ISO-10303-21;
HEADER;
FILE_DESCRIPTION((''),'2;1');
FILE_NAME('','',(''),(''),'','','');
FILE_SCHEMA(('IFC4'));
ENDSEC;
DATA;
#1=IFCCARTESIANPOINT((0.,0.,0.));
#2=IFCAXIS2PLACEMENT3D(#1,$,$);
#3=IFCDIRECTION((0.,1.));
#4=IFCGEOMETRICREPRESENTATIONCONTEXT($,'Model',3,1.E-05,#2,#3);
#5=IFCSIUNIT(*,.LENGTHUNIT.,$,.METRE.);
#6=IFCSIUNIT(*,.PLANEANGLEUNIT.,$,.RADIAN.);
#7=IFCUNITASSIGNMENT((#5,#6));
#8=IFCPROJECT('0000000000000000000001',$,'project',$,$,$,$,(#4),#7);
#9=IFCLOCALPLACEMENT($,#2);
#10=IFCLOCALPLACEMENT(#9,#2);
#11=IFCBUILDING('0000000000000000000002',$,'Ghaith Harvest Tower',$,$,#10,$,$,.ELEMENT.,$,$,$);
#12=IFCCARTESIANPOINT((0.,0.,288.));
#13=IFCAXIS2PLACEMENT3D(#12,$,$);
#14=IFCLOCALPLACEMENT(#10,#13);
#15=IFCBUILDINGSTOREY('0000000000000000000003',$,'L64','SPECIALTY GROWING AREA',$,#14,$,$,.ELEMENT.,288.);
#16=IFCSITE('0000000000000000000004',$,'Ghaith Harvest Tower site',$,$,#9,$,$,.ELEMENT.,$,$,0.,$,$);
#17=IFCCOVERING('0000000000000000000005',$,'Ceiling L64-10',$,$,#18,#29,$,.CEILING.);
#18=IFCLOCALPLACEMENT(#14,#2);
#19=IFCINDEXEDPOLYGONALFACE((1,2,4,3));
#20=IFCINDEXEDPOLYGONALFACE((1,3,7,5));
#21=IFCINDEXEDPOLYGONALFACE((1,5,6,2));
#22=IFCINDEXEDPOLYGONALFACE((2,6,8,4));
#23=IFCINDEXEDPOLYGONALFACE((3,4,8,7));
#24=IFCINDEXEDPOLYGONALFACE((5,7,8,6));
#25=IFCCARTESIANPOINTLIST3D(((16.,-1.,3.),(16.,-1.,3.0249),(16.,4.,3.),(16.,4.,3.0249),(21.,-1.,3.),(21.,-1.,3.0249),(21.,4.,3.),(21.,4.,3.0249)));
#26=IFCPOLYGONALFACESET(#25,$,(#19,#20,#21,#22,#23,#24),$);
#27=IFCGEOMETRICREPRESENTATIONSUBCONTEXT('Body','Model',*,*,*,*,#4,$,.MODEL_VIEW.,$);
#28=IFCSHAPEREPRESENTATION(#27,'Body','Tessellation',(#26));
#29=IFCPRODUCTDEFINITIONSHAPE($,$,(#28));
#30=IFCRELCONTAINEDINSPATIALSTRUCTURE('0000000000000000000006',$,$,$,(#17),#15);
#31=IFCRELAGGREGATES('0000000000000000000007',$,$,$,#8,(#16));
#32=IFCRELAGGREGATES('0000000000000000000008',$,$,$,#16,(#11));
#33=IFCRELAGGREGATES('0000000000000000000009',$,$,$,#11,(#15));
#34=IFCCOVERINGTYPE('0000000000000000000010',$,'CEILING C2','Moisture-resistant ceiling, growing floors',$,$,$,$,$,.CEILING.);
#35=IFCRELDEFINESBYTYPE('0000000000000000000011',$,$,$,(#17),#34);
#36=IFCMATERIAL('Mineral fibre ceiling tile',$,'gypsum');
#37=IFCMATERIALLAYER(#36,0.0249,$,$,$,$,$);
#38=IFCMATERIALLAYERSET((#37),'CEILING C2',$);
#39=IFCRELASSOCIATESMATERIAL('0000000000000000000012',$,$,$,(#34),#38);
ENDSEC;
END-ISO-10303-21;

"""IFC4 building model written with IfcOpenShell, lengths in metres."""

from ifc_helpers import new_model, si_unit, direction, frame, origin, place, context, subcontext, project, spatial, polyline, outline, extrude, material, layer, layer_set, type_object, element, save


model = new_model("IFC4")

# Units and contexts
model_context = context("Model", 3, precision=1e-05, world=origin(), true_north=direction((0.0, 1.0)))
body_context = subcontext(model_context, "Body", "Model", "MODEL_VIEW")
ifc_project = project(units=[si_unit("LENGTHUNIT", "METRE"), si_unit("PLANEANGLEUNIT", "RADIAN")], contexts=[model_context])

# Site, building, storey
site_placement = place(None, origin())
site = spatial("IfcSite", under=ifc_project, at=site_placement, Name="Ghaith Harvest Tower site", CompositionType="ELEMENT", RefElevation=0.0)
building_placement = place(site_placement, origin())
building = spatial("IfcBuilding", under=site, at=building_placement, Name="Ghaith Harvest Tower", CompositionType="ELEMENT")
storey_placement = place(building_placement, frame((0.0, 0.0, 288.0)))
storey = spatial("IfcBuildingStorey", under=building, at=storey_placement, Name="L64", Description="SPECIALTY GROWING AREA", CompositionType="ELEMENT", Elevation=288.0)

# Covering
ifc_material_1 = material(Name="Mineral fibre ceiling tile", Category="gypsum")
ifc_layer_1 = layer(ifc_material_1, 0.0249)
ifc_layer_set_1 = layer_set([ifc_layer_1], Name="CEILING C2")
covering_type = type_object("IfcCoveringType", Name="CEILING C2", Description="Moisture-resistant ceiling, growing floors", PredefinedType="CEILING", material=ifc_layer_set_1)
covering_1_placement = place(storey_placement, frame((0.0, 0.0, 3.0)))
element("IfcCovering", 1, at=covering_1_placement, inside=storey, type_object=covering_type, Name="Ceiling L64-10", PredefinedType="CEILING", context=body_context, shape_type="SweptSolid", body=[
    extrude(outline(polyline([(16.0, -1.0), (21.0, -1.0), (21.0, 4.0), (16.0, 4.0), (16.0, -1.0)])), origin(), (0.0, 0.0, 1.0), 0.0249),
])

save(model, "model.ifc")
